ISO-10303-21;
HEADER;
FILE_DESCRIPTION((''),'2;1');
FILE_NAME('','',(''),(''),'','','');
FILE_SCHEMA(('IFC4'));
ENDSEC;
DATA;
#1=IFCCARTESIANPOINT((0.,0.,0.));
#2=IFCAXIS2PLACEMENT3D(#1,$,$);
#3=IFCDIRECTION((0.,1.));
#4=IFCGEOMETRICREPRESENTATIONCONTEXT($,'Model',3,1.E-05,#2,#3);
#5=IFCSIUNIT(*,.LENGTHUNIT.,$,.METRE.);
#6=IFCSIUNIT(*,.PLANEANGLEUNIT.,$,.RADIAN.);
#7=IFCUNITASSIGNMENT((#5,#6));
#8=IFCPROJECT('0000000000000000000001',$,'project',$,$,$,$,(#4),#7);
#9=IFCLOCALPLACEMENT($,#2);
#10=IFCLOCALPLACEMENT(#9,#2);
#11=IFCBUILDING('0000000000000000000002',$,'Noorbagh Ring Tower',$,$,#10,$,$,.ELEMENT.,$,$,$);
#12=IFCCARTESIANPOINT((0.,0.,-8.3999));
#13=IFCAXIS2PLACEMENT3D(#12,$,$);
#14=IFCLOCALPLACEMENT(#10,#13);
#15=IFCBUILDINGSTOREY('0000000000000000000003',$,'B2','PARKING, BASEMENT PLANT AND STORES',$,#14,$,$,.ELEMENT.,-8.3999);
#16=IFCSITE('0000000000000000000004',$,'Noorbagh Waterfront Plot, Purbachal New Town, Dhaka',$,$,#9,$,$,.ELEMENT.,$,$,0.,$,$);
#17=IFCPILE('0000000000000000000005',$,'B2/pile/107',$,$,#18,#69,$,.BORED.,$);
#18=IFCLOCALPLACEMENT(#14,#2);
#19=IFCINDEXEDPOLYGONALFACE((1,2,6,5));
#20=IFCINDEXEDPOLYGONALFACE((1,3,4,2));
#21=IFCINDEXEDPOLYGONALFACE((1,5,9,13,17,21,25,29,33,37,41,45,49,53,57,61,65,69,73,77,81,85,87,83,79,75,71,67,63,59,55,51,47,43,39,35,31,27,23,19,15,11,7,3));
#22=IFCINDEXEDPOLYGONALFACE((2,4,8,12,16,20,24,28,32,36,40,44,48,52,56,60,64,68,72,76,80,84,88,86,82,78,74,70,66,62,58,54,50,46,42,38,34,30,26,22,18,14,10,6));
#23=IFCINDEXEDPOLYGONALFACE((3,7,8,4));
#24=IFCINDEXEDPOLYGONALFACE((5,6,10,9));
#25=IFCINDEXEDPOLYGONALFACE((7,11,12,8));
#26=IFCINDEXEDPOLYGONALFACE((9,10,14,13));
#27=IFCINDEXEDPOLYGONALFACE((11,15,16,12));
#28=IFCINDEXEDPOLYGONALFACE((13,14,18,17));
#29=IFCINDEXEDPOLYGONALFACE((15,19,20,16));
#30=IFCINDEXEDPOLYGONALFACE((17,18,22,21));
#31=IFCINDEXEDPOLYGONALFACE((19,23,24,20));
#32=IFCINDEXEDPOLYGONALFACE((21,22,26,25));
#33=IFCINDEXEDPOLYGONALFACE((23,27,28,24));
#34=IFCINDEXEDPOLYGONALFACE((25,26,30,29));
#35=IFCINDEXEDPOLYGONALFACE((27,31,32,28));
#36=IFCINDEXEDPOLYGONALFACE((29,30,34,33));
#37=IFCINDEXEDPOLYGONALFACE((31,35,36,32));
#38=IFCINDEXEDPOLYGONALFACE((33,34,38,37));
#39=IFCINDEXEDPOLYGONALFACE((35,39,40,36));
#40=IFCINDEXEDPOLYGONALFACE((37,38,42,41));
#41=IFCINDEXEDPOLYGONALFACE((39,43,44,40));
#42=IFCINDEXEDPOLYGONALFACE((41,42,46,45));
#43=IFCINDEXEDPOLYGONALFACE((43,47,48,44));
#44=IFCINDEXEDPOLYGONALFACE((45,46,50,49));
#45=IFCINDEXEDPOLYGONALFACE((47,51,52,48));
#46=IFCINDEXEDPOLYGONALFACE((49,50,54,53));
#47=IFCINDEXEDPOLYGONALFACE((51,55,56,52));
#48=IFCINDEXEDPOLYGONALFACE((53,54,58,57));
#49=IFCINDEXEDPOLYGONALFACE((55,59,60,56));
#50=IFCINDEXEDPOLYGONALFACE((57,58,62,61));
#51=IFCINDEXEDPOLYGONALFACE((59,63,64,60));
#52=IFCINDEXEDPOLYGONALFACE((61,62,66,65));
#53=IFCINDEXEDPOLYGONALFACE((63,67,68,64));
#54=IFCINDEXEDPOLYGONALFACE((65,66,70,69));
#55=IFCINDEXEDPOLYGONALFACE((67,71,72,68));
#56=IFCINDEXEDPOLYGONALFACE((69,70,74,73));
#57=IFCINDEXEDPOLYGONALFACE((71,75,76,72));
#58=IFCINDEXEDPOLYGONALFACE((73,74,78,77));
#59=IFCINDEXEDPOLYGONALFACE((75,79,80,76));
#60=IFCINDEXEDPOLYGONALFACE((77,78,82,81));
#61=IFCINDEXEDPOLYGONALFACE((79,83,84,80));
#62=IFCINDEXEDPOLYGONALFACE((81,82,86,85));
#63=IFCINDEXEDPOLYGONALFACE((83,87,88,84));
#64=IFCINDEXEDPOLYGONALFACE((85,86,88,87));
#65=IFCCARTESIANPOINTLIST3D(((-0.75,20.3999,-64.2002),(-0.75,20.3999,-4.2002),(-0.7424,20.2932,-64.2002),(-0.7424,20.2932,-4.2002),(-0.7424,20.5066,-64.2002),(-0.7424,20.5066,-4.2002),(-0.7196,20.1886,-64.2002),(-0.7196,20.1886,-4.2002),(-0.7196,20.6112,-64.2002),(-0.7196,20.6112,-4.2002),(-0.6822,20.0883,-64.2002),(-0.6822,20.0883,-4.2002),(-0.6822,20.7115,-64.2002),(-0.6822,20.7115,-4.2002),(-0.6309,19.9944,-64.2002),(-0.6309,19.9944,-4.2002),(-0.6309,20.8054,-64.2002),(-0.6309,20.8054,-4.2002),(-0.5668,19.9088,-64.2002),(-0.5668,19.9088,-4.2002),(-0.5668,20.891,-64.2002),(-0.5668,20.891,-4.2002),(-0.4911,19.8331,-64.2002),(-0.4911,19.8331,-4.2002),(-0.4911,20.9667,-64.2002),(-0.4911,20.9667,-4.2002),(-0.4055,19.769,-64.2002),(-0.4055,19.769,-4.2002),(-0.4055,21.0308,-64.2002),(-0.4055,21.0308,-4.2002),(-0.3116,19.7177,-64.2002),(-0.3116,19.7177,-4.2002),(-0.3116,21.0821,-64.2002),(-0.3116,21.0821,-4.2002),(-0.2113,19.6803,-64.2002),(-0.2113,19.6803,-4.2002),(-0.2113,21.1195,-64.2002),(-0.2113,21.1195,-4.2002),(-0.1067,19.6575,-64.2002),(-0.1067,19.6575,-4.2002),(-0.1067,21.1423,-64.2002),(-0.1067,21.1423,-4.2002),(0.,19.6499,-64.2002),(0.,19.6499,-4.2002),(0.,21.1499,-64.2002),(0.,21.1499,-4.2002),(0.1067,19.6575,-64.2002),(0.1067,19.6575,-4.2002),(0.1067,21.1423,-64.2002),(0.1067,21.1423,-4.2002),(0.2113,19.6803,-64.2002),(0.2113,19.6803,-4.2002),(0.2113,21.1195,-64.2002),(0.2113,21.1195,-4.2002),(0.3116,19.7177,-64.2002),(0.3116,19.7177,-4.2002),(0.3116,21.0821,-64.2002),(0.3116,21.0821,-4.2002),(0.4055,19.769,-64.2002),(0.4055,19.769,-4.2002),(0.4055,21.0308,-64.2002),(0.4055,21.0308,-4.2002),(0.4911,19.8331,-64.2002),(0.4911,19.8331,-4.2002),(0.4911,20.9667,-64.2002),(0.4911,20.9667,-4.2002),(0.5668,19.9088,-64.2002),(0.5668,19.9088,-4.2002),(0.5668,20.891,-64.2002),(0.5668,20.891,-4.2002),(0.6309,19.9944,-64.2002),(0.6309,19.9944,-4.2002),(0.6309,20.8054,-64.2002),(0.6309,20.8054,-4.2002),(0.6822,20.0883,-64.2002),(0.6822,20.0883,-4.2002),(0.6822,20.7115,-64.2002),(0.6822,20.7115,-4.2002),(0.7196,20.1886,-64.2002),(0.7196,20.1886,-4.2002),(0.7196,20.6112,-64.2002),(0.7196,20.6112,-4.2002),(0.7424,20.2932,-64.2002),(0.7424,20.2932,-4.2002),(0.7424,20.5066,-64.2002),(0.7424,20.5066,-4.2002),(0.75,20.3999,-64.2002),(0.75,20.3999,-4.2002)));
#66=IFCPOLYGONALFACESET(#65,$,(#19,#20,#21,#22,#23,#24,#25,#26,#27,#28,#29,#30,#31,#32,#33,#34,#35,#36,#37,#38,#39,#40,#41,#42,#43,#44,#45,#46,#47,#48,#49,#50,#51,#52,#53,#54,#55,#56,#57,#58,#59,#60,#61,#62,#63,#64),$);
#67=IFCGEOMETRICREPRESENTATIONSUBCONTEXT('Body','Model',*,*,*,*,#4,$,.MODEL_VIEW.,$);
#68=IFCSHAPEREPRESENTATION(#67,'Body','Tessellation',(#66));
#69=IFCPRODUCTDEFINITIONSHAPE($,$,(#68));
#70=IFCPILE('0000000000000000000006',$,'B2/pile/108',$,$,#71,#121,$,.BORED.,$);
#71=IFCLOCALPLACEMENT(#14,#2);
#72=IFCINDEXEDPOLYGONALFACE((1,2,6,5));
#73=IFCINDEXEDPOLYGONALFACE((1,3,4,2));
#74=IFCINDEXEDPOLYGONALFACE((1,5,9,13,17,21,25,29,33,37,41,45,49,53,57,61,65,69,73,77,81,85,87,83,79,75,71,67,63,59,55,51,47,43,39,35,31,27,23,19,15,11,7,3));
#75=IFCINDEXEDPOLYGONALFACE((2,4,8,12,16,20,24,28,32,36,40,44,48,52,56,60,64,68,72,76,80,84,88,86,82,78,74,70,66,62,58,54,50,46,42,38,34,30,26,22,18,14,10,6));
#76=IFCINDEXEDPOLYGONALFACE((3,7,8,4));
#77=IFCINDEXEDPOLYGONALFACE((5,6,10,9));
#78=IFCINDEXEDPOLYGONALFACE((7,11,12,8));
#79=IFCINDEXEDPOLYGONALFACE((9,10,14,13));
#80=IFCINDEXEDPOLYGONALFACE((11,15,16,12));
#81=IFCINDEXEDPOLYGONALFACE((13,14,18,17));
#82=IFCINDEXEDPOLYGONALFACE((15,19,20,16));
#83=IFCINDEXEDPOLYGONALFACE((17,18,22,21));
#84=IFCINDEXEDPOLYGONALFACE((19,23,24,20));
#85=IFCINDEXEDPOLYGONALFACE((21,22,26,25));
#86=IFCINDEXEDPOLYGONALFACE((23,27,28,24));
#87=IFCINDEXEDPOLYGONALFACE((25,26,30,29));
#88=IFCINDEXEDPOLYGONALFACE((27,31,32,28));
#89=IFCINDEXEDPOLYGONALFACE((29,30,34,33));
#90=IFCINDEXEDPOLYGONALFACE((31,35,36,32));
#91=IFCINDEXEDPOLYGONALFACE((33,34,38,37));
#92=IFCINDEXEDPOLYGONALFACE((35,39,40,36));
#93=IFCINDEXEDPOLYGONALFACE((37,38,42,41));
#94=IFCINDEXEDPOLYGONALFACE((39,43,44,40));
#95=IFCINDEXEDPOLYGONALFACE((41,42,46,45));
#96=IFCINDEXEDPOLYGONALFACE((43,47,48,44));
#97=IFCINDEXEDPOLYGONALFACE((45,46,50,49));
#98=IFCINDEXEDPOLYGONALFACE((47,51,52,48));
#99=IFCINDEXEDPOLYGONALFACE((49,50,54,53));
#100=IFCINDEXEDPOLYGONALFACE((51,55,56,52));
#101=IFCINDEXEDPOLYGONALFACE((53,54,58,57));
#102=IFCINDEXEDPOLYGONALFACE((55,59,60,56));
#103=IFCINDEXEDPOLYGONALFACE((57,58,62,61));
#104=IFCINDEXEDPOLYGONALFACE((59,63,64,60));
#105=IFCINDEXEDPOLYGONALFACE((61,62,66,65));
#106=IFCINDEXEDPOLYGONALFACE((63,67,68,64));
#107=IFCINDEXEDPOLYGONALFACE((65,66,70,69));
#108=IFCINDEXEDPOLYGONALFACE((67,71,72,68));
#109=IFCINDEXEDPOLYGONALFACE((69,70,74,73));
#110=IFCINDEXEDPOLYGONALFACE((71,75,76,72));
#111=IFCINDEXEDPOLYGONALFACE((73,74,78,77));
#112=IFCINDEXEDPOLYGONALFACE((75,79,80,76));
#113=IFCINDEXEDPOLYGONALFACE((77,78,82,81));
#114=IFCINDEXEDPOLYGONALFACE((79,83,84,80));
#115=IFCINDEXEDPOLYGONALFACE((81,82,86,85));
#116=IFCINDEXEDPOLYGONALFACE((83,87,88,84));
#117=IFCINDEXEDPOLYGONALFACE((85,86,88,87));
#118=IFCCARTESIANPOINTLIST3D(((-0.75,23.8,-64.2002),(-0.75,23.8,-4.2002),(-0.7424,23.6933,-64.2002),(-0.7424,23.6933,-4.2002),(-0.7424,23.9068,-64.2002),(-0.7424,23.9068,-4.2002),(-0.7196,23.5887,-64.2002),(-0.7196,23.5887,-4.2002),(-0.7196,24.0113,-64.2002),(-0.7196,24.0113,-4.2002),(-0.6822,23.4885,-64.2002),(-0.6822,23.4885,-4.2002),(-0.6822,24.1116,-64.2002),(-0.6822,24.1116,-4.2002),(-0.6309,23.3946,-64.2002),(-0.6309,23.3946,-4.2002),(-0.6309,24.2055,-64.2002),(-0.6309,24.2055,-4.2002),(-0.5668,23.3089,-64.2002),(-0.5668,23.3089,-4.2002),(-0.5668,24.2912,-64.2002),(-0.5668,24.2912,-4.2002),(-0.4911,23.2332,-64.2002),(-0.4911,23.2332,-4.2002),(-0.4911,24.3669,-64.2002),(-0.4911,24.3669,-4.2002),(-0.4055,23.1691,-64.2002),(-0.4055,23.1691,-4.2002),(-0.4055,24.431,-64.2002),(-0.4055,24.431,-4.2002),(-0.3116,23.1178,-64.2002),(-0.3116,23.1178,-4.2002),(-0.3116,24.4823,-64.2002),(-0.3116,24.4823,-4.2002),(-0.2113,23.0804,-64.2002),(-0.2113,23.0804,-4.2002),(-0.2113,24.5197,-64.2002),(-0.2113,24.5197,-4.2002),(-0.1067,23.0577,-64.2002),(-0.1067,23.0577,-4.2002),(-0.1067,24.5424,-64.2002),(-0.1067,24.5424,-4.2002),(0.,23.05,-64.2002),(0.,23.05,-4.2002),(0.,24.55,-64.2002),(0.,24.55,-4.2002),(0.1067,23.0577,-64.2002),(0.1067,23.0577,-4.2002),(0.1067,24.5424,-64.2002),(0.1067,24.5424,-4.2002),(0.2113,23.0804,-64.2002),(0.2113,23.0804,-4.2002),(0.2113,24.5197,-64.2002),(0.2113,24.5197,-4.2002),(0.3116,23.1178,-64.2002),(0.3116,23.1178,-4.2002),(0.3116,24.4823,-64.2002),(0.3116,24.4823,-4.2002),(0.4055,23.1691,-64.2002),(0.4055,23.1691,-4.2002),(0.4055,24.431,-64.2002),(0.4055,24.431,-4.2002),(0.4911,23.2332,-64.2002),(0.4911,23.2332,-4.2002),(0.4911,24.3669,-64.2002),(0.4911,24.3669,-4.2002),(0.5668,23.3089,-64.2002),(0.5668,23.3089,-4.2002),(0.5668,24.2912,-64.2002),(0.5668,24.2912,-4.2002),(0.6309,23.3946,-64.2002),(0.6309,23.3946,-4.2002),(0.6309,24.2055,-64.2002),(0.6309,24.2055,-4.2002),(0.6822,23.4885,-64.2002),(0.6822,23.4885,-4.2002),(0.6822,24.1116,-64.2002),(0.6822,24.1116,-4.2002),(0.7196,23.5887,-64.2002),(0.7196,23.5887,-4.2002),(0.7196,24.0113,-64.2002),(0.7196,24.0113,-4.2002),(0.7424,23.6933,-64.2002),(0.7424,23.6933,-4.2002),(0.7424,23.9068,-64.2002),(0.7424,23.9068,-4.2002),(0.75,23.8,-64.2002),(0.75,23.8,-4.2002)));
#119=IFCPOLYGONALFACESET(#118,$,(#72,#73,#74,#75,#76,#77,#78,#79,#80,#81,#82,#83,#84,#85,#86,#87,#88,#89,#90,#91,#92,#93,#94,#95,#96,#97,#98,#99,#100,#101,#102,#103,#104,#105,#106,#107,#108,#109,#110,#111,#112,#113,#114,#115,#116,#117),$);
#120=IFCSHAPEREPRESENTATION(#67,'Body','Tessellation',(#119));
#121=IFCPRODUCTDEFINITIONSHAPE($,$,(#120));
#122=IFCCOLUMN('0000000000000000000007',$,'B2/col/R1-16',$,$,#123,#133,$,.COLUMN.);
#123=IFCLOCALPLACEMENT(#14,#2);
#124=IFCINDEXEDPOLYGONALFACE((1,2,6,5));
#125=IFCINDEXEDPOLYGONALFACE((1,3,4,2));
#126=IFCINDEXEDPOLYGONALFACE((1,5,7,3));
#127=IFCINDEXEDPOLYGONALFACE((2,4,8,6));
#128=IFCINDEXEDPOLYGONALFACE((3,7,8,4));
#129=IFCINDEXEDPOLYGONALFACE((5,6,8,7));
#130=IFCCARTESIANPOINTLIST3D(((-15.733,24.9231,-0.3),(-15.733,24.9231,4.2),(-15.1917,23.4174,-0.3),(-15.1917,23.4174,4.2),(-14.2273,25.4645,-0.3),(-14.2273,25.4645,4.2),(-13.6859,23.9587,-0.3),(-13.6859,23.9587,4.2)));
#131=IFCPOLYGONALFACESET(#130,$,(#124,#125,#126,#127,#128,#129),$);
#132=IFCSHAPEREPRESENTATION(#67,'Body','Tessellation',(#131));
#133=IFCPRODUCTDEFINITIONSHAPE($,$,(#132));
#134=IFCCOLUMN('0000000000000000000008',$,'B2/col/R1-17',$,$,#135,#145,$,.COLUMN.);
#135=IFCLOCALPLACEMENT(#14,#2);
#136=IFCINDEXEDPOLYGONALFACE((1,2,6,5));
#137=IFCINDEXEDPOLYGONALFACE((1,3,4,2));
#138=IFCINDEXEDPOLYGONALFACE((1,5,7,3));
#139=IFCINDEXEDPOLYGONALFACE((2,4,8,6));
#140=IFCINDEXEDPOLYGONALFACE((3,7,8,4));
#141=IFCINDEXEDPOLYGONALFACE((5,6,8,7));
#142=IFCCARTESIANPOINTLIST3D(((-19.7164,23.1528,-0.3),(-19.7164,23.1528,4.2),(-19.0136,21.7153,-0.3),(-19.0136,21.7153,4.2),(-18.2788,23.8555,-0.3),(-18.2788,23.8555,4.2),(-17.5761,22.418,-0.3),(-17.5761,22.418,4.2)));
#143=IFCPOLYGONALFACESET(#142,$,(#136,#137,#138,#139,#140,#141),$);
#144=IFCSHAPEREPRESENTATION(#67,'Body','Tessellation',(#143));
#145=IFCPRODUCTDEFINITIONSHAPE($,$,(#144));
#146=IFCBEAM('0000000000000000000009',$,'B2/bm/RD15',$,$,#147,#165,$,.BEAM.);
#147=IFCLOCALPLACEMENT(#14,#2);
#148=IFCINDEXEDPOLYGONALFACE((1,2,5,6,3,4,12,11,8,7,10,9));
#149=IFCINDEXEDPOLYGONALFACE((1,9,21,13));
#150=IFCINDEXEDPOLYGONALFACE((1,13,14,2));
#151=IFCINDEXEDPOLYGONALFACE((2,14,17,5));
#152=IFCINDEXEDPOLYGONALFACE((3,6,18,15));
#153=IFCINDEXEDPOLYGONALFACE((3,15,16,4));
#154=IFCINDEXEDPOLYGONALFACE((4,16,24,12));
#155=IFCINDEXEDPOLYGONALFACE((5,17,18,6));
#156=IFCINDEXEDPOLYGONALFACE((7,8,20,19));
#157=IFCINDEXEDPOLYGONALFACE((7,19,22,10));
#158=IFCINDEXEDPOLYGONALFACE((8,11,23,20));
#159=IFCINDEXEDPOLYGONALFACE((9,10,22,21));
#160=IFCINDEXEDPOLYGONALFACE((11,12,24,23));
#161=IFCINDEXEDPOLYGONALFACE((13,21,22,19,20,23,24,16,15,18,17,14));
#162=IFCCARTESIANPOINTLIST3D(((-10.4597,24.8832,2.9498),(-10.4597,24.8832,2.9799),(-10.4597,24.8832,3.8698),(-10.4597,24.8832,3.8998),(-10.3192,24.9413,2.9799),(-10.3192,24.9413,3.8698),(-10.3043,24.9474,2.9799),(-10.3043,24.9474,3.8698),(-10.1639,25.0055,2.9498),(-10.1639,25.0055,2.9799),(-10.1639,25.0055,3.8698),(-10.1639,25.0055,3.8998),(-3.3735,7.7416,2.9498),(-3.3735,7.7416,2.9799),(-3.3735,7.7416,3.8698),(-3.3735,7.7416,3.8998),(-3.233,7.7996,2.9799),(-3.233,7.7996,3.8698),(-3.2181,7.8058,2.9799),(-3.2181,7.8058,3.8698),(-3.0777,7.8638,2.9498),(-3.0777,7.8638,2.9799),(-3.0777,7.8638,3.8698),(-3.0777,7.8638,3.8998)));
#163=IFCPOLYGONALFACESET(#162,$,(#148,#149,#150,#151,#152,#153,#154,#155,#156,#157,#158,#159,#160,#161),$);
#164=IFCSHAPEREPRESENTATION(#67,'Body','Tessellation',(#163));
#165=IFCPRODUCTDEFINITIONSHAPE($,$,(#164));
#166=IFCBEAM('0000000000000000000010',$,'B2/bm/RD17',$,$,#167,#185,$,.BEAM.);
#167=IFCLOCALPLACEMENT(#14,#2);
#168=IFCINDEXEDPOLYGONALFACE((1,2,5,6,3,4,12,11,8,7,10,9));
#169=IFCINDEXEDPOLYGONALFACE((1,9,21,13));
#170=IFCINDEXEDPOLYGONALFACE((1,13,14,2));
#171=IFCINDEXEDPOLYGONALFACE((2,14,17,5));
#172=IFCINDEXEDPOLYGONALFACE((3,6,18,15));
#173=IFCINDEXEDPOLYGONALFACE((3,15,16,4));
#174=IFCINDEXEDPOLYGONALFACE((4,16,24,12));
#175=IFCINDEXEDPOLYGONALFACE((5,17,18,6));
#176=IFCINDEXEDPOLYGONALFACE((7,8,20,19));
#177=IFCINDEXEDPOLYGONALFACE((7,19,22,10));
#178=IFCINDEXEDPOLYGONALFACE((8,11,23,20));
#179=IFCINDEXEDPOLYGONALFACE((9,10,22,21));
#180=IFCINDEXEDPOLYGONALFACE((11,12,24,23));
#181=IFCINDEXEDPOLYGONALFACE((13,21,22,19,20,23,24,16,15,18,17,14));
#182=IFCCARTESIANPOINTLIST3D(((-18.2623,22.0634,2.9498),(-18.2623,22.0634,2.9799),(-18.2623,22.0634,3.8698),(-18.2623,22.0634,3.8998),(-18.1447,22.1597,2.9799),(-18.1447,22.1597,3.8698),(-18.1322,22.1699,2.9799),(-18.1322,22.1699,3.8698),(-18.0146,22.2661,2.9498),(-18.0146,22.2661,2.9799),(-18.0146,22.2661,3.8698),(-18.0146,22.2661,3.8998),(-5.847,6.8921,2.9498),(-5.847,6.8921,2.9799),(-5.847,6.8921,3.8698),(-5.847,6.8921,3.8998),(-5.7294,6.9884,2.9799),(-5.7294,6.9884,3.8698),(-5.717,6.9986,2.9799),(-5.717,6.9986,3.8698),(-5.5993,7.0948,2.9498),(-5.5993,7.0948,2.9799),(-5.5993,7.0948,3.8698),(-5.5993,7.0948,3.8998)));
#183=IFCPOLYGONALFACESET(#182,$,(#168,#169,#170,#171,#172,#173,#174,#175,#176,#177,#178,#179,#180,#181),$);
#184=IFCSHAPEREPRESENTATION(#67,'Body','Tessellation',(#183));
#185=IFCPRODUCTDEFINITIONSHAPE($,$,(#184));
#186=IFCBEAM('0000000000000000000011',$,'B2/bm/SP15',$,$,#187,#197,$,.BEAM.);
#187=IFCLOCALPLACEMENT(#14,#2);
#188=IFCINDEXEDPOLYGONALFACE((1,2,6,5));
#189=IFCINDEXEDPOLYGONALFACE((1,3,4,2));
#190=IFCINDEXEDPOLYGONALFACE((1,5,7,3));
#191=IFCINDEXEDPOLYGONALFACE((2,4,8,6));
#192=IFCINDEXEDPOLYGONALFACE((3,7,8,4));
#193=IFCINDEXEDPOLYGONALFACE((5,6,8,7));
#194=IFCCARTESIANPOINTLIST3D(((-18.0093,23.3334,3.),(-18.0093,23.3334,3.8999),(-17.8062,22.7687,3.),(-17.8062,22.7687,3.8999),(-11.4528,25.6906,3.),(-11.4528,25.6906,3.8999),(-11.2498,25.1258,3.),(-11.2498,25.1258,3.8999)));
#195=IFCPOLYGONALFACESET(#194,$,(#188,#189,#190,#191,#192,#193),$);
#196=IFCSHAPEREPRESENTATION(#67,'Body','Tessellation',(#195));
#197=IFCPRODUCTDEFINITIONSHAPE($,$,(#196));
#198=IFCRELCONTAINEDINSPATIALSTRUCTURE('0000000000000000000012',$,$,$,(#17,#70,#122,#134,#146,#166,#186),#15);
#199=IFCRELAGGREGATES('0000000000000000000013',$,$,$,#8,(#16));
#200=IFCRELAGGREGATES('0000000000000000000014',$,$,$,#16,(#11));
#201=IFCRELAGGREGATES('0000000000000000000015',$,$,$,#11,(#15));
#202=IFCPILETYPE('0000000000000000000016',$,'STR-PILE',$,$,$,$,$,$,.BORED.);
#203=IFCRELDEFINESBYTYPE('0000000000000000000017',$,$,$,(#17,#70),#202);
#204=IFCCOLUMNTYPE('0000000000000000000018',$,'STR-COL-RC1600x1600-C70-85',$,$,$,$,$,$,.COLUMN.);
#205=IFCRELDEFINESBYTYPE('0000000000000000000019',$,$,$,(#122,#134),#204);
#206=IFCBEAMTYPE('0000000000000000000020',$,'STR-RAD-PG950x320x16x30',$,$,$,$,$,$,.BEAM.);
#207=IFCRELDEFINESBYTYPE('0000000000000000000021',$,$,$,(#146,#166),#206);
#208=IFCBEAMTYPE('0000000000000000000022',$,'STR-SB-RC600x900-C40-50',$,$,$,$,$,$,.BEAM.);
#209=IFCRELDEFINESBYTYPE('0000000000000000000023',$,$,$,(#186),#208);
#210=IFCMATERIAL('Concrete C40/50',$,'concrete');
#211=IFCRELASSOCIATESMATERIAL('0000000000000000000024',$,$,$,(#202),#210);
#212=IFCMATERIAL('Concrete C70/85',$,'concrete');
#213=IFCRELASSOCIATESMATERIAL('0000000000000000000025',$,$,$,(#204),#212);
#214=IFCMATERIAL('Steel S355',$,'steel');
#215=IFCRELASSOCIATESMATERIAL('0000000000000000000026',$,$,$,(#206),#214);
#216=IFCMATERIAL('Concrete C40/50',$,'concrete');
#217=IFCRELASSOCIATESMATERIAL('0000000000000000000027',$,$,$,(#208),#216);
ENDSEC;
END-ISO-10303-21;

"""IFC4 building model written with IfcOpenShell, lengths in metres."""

from ifc_helpers import new_model, si_unit, direction, frame, origin, origin_2d, place, context, subcontext, project, spatial, rectangle, circle, i_section, extrude, material, material_profile, profile_set, type_object, element, save


model = new_model("IFC4")

# Units and contexts
model_context = context("Model", 3, precision=1e-05, world=origin(), true_north=direction((0.0, 1.0)))
body_context = subcontext(model_context, "Body", "Model", "MODEL_VIEW")
ifc_project = project(units=[si_unit("LENGTHUNIT", "METRE"), si_unit("PLANEANGLEUNIT", "RADIAN")], contexts=[model_context])

# Site, building, storey
site_placement = place(None, origin())
site = spatial("IfcSite", under=ifc_project, at=site_placement, Name="Noorbagh Waterfront Plot, Purbachal New Town, Dhaka", CompositionType="ELEMENT", RefElevation=0.0)
building_placement = place(site_placement, origin())
building = spatial("IfcBuilding", under=site, at=building_placement, Name="Noorbagh Ring Tower", CompositionType="ELEMENT")
storey_placement = place(building_placement, frame((0.0, 0.0, -8.3999)))
storey = spatial("IfcBuildingStorey", under=building, at=storey_placement, Name="B2", Description="PARKING, BASEMENT PLANT AND STORES", CompositionType="ELEMENT", Elevation=-8.3999)

# Piles
ifc_material_1 = material(Name="Concrete C40/50", Category="concrete")
ifc_material_profile_1 = material_profile(ifc_material_1, circle(Radius=0.75, at=origin_2d()), Name="PILE1500")
ifc_profile_set_1 = profile_set([ifc_material_profile_1], Name="Concrete C40/50")
pile_type = type_object("IfcPileType", Name="STR-PILE", PredefinedType="BORED", material=ifc_profile_set_1)
for number, where, z_axis, x_axis, name in (
    (1, (0.0, 20.3999, -4.2002), (0.0, 0.0, -1.0), (1.0, 0.0, 0.0), "B2/pile/107"),
    (2, (0.0, 23.8, -4.2002), (0.0, 0.0, -1.0), (1.0, 0.0, 0.0), "B2/pile/108"),
):
    element("IfcPile", number, at=place(storey_placement, frame(where, z_axis=z_axis, x_axis=x_axis)), inside=storey, type_object=pile_type, Name=name, PredefinedType="BORED", context=body_context, shape_type="SweptSolid", body=[
        extrude(circle(Radius=0.75, at=origin_2d()), origin(), (0.0, 0.0, 1.0), 60.0),
    ])

# Columns
ifc_material_2 = material(Name="Concrete C70/85", Category="concrete")
ifc_material_profile_2 = material_profile(ifc_material_2, rectangle(XDim=1.6001, YDim=1.6001, at=origin_2d()), Name="RC1600x1600")
ifc_profile_set_2 = profile_set([ifc_material_profile_2], Name="Concrete C70/85")
column_type = type_object("IfcColumnType", Name="STR-COL-RC1600x1600-C70-85", PredefinedType="COLUMN", material=ifc_profile_set_2)
for number, where, z_axis, x_axis, name in (
    (3, (-14.7095, 24.4409, -0.3), (0.0, 0.0, 1.0), (-0.941025, -0.338338, 0.0), "B2/col/R1-16"),
    (4, (-18.6462, 22.7854, -0.3), (0.0, 0.0, 1.0), (-0.898399, -0.43918, 0.0), "B2/col/R1-17"),
):
    element("IfcColumn", number, at=place(storey_placement, frame(where, z_axis=z_axis, x_axis=x_axis)), inside=storey, type_object=column_type, Name=name, PredefinedType="COLUMN", context=body_context, shape_type="SweptSolid", body=[
        extrude(rectangle(XDim=1.6001, YDim=1.6001, at=origin_2d()), origin(), (0.0, 0.0, 1.0), 4.5),
    ])

# Beams
ifc_material_3 = material(Name="Steel S355", Category="steel")
ifc_material_profile_3 = material_profile(ifc_material_3, i_section(OverallWidth=0.3201, OverallDepth=0.95, WebThickness=0.0161, FlangeThickness=0.03, at=origin_2d()), Name="PG950x320x16x30")
ifc_profile_set_3 = profile_set([ifc_material_profile_3], Name="Steel S355")
beam_type_1 = type_object("IfcBeamType", Name="STR-RAD-PG950x320x16x30", PredefinedType="BEAM", material=ifc_profile_set_3)
beam_1_placement = place(storey_placement, frame((-10.3118, 24.9443, 3.4248), z_axis=(0.382034, -0.924148, 0.0), x_axis=(0.924148, 0.382034, 0.0)))
element("IfcBeam", 5, at=beam_1_placement, inside=storey, type_object=beam_type_1, Name="B2/bm/RD15", PredefinedType="BEAM", context=body_context, shape_type="SweptSolid", body=[
    extrude(i_section(OverallWidth=0.3201, OverallDepth=0.95, WebThickness=0.0161, FlangeThickness=0.03, at=origin_2d()), origin(), (0.0, 0.0, 1.0), 18.5486),
])
beam_2_placement = place(storey_placement, frame((-18.1384, 22.1648, 3.4248), z_axis=(0.633309, -0.773899, 0.0), x_axis=(0.773899, 0.633309, 0.0)))
element("IfcBeam", 6, at=beam_2_placement, inside=storey, type_object=beam_type_1, Name="B2/bm/RD17", PredefinedType="BEAM", context=body_context, shape_type="SweptSolid", body=[
    extrude(i_section(OverallWidth=0.3201, OverallDepth=0.95, WebThickness=0.0161, FlangeThickness=0.03, at=origin_2d()), origin(), (0.0, 0.0, 1.0), 19.6038),
])
ifc_material_4 = material(Name="Concrete C40/50", Category="concrete")
ifc_material_profile_4 = material_profile(ifc_material_4, rectangle(XDim=0.6001, YDim=0.8999, at=origin_2d()), Name="RC600x900")
ifc_profile_set_4 = profile_set([ifc_material_profile_4], Name="Concrete C40/50")
beam_type_2 = type_object("IfcBeamType", Name="STR-SB-RC600x900-C40-50", PredefinedType="BEAM", material=ifc_profile_set_4)
beam_3_placement = place(storey_placement, frame((-11.3513, 25.4082, 3.45), z_axis=(-0.94103, -0.338322, 0.0), x_axis=(0.338322, -0.94103, 0.0)))
element("IfcBeam", 7, at=beam_3_placement, inside=storey, type_object=beam_type_2, Name="B2/bm/SP15", PredefinedType="BEAM", context=body_context, shape_type="SweptSolid", body=[
    extrude(rectangle(XDim=0.6001, YDim=0.8999, at=origin_2d()), origin(), (0.0, 0.0, 1.0), 6.9673),
])

save(model, "model.ifc")
